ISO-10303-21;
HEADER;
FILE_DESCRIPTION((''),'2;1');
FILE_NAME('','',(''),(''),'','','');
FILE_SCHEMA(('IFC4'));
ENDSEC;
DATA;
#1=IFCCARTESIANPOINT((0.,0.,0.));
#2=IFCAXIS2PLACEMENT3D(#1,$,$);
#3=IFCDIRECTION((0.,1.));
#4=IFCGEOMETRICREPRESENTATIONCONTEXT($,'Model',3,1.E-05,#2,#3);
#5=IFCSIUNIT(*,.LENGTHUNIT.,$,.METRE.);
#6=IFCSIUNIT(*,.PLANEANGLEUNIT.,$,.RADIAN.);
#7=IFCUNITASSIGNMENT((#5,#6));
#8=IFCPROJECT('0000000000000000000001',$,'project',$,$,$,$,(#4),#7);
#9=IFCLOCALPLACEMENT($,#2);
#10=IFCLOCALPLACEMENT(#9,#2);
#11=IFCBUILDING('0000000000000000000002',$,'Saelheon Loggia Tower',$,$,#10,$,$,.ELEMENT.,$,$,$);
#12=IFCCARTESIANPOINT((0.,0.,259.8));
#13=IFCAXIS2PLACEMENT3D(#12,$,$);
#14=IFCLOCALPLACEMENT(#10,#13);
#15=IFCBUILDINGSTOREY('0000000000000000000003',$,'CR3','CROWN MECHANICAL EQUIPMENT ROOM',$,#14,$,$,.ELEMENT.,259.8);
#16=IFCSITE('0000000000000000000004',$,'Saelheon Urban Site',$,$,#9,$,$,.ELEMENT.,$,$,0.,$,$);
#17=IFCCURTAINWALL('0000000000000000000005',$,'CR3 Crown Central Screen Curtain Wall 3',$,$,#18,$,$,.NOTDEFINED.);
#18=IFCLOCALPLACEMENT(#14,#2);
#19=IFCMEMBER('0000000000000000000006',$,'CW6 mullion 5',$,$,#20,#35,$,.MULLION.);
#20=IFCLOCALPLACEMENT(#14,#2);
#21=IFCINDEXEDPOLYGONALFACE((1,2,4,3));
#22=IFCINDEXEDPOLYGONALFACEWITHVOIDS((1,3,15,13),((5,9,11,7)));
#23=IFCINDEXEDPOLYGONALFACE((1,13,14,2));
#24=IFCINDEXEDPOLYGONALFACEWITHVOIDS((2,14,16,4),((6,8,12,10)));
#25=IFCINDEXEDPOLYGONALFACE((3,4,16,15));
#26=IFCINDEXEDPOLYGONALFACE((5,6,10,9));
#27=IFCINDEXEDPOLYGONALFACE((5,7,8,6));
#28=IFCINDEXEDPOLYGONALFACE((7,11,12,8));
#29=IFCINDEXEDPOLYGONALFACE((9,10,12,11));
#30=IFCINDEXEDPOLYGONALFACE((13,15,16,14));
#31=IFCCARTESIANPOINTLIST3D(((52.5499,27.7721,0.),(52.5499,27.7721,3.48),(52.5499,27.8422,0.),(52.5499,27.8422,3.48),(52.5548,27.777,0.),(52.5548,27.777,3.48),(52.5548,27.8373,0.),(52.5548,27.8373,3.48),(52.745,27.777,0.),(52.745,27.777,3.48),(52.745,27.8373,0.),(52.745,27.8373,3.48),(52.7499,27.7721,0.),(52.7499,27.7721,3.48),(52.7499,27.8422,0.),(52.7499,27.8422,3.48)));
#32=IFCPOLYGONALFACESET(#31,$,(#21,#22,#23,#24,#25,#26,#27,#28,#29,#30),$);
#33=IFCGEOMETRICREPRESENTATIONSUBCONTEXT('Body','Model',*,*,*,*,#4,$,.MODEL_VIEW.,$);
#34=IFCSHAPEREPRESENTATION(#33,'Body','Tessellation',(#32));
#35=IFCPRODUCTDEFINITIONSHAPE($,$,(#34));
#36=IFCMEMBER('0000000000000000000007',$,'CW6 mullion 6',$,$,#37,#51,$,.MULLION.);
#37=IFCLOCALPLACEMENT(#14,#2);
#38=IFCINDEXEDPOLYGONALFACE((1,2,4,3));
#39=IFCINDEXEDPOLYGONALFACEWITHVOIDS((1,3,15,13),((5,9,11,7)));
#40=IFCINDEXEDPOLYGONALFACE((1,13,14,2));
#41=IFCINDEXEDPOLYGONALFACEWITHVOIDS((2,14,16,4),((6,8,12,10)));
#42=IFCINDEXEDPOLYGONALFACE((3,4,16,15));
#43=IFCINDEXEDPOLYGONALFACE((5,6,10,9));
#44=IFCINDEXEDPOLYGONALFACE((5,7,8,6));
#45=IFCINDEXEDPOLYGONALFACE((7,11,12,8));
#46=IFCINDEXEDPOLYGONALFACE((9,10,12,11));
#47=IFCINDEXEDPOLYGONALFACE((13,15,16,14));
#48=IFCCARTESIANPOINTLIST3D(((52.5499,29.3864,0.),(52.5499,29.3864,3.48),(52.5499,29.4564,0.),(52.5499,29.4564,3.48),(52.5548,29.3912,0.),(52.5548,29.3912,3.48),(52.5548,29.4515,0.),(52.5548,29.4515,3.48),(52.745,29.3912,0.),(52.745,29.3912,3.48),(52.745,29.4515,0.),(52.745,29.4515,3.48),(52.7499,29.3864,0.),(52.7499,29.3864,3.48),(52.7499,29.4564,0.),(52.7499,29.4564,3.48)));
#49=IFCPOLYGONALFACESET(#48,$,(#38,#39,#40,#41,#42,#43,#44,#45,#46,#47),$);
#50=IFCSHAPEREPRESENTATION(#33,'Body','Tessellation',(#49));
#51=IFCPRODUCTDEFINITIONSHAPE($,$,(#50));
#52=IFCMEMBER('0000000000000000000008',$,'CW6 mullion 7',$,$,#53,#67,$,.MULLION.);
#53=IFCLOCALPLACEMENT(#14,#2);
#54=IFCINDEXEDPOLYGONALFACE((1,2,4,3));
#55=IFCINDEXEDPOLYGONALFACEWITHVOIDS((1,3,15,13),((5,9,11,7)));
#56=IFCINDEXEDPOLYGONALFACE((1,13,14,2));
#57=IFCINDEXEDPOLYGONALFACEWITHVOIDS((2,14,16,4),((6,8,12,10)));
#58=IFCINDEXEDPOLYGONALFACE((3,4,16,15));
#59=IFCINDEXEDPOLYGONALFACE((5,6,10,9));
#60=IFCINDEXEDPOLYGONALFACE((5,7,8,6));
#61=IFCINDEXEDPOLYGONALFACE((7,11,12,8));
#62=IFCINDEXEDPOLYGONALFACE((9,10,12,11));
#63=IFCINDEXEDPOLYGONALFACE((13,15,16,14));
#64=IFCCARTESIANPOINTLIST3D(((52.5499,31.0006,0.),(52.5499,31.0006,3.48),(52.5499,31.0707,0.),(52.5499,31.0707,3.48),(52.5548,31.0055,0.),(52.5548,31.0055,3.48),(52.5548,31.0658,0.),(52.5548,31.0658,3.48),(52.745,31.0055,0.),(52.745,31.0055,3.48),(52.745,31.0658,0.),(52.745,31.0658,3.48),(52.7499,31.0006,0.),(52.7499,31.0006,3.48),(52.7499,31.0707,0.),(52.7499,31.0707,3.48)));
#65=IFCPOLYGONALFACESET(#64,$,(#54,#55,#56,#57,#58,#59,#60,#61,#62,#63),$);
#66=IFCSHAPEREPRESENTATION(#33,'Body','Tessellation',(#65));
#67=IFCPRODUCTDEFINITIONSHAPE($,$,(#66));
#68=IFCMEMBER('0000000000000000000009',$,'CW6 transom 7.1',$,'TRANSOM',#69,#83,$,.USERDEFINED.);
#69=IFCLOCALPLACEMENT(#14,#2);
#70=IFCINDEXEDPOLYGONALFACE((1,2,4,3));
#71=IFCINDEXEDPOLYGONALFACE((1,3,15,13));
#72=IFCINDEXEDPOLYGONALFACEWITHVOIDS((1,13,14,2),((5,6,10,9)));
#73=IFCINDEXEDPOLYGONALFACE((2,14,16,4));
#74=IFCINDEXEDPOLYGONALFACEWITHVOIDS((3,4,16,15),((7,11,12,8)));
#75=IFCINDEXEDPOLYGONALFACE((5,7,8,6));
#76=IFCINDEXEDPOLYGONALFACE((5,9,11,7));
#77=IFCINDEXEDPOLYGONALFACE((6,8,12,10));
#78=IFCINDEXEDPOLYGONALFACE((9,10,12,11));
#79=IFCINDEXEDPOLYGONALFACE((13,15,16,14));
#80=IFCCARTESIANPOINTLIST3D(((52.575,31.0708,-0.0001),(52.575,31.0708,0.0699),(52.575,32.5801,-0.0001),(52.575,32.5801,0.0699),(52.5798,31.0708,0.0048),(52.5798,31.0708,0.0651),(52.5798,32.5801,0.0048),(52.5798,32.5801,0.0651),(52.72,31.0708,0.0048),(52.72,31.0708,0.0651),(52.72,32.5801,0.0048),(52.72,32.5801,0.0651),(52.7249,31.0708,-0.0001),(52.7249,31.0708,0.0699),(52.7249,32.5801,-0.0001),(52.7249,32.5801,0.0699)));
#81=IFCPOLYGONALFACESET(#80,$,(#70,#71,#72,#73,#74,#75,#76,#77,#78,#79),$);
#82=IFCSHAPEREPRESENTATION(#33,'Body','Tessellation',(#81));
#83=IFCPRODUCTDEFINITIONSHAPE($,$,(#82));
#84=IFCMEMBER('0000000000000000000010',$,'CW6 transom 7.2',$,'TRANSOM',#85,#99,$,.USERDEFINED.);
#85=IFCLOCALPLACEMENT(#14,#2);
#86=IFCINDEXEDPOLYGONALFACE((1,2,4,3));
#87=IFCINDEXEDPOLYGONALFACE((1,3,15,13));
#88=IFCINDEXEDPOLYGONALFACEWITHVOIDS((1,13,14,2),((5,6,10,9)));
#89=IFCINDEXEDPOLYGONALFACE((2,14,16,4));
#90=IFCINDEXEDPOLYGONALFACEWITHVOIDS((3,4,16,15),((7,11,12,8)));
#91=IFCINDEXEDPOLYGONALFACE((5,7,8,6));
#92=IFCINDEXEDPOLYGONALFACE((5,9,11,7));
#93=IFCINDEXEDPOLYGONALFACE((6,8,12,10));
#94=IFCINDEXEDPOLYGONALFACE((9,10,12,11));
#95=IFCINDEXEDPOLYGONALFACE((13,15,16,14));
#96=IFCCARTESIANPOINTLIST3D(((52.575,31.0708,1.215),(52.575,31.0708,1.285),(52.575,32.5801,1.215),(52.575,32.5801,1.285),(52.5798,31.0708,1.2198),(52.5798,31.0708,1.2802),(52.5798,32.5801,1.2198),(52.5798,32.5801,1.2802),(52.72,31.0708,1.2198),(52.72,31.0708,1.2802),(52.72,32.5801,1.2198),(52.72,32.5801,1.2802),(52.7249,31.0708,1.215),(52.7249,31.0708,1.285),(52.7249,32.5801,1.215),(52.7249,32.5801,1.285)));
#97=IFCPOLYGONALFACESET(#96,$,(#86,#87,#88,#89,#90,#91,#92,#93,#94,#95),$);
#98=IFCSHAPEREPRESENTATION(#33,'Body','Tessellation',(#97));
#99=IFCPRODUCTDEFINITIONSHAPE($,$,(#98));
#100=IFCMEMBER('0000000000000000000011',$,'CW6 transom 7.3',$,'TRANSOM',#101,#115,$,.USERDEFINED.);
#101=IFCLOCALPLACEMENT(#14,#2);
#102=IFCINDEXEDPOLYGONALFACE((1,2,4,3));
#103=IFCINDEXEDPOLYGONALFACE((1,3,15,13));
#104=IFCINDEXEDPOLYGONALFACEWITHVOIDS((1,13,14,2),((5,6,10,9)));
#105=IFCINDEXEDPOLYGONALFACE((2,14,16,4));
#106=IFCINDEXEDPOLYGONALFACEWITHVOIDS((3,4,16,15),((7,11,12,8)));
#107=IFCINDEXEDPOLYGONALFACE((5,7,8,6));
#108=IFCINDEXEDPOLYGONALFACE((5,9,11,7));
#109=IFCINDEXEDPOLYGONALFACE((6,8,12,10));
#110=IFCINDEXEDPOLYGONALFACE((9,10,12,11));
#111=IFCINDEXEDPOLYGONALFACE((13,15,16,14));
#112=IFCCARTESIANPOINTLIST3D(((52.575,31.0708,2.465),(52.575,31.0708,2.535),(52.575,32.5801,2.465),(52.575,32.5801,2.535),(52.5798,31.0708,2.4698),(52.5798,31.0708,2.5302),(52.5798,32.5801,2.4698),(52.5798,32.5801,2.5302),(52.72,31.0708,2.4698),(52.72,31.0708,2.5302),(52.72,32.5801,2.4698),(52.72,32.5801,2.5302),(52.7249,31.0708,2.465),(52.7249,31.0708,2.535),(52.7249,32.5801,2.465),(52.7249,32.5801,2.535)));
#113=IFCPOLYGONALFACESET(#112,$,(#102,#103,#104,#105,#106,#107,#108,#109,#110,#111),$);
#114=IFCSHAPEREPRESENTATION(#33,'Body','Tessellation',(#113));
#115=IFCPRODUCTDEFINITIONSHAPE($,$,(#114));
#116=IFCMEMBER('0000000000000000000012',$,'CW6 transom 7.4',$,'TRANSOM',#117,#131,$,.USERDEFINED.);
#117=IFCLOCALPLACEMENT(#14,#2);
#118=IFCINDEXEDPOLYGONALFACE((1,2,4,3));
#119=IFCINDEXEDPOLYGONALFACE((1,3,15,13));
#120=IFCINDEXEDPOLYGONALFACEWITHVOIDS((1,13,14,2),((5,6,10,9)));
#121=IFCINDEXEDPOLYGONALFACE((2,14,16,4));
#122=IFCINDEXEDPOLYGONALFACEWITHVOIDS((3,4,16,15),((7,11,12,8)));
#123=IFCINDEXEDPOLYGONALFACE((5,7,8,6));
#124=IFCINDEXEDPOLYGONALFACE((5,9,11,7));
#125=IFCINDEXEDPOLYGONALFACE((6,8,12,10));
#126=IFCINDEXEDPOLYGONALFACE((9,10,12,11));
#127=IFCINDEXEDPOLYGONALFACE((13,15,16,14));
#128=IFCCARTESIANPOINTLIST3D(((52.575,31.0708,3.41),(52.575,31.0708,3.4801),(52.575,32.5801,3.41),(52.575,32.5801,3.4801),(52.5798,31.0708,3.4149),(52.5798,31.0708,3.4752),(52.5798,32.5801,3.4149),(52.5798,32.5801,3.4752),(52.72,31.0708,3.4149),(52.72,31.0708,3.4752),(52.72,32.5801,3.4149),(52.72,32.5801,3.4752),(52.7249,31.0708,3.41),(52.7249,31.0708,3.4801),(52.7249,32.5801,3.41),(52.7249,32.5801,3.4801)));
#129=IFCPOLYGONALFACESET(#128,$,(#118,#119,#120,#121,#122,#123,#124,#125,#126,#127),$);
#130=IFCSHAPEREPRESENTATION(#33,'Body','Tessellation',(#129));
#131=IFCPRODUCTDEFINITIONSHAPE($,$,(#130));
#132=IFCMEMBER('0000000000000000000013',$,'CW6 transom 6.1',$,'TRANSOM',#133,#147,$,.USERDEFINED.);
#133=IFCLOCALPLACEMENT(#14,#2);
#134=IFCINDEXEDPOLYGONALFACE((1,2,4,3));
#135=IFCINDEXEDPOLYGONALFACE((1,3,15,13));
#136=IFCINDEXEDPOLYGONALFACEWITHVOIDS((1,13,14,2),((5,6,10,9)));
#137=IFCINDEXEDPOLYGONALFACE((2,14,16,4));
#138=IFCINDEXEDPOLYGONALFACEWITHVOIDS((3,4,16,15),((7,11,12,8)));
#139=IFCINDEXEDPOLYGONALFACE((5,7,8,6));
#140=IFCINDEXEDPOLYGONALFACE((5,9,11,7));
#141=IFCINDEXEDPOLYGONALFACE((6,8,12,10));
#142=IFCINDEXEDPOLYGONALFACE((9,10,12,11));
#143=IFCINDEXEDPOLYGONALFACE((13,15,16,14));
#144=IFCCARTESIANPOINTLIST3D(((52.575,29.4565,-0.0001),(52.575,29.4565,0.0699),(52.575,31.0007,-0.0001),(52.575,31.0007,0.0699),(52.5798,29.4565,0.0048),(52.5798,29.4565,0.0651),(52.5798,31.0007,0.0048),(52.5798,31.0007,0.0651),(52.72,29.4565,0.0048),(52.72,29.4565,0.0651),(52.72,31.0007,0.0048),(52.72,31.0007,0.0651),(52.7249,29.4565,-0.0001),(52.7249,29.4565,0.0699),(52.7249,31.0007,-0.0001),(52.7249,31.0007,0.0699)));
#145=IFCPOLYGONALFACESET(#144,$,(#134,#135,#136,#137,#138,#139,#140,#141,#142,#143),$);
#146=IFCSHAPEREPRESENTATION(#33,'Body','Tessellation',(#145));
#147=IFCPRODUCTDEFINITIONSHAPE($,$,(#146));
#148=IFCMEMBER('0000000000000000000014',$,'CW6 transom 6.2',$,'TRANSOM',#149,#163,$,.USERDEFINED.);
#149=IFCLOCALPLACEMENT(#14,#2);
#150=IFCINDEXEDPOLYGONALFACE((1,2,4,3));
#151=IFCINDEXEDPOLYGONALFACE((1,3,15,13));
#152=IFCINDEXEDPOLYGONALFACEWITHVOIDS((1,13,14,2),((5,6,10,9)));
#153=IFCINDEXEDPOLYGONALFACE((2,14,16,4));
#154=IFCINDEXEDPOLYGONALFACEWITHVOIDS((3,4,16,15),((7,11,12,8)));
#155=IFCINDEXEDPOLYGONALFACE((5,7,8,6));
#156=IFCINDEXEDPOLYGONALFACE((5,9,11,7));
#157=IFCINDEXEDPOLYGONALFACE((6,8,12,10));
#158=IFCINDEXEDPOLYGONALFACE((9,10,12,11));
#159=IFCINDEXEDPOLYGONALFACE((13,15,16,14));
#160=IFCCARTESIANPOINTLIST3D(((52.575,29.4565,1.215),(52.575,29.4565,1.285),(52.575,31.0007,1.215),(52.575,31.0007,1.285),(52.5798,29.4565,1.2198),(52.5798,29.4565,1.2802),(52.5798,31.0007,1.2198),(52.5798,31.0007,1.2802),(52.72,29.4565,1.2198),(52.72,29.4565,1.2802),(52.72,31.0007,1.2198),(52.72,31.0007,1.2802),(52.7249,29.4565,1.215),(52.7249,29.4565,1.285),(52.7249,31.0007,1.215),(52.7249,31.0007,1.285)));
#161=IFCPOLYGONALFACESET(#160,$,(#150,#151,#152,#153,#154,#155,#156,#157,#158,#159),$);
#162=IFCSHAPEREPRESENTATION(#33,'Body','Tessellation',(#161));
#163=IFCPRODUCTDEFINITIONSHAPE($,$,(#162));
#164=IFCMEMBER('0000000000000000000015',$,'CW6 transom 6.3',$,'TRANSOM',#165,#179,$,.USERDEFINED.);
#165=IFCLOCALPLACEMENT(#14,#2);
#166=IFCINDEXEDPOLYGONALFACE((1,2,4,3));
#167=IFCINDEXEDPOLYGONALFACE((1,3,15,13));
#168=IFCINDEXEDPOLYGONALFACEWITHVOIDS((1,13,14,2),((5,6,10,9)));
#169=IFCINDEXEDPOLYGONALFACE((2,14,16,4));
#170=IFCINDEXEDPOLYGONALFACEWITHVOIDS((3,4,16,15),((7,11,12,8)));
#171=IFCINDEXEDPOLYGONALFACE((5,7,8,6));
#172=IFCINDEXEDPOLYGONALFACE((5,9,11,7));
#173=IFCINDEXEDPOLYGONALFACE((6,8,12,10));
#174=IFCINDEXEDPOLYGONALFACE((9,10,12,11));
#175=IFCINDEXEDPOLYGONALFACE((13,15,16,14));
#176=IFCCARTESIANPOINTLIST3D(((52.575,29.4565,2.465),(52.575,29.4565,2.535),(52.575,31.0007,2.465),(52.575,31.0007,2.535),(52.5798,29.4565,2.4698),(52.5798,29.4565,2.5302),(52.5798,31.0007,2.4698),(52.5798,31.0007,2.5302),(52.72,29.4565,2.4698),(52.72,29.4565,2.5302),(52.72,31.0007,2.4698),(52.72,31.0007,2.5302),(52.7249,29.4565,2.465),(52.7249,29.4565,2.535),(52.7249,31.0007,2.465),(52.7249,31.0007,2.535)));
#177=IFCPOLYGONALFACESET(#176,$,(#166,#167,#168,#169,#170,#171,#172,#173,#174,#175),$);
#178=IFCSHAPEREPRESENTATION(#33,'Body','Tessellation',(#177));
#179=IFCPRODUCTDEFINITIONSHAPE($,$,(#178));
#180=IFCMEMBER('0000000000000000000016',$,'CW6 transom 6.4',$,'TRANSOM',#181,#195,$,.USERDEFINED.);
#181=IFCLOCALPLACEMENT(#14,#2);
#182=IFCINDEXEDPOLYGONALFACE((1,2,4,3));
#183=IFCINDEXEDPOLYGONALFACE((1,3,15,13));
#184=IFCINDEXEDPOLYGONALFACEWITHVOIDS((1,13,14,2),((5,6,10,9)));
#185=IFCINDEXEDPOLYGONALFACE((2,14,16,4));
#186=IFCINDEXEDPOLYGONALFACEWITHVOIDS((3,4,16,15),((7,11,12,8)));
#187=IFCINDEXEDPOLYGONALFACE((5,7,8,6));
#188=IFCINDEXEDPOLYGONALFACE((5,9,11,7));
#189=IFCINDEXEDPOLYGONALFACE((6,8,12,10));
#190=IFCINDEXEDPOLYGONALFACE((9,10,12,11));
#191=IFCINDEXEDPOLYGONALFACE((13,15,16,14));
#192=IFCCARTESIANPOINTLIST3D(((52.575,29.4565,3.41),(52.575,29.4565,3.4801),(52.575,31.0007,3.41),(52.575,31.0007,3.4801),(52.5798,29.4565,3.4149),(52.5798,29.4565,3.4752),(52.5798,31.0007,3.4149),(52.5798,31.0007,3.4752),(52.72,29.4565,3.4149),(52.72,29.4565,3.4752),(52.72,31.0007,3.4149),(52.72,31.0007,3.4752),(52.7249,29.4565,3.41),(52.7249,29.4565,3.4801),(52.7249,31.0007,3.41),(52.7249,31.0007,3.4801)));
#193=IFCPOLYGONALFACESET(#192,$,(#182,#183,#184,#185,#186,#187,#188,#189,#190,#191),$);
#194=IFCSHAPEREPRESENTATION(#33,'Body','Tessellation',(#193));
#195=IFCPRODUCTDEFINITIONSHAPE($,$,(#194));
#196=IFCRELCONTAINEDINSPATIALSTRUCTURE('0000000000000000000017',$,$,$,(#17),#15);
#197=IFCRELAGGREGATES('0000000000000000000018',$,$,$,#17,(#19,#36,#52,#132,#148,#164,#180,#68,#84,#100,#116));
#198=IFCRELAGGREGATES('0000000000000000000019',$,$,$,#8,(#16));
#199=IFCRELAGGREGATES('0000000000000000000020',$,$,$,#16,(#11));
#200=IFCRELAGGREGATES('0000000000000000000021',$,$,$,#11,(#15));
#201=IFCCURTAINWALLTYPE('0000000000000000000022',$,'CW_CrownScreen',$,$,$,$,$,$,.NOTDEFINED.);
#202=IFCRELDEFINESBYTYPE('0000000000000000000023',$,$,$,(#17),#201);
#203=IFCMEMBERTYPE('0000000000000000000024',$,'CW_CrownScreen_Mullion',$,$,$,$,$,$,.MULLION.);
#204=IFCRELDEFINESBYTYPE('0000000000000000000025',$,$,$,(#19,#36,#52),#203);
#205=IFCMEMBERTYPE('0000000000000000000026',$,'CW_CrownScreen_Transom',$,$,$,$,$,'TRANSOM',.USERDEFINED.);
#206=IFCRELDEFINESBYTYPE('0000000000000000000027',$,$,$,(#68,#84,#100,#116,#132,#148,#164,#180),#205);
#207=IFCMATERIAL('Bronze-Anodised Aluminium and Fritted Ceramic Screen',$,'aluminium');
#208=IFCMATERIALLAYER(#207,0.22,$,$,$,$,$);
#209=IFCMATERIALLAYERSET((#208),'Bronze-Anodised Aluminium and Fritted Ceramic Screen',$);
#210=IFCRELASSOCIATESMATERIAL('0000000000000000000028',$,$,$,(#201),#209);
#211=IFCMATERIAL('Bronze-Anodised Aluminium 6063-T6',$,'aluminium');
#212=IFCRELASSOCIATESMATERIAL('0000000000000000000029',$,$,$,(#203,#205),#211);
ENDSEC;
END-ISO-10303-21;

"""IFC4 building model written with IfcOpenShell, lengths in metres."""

from ifc_helpers import new_model, si_unit, direction, frame, origin, origin_2d, place, context, subcontext, project, spatial, hollow_rectangle, extrude, source, transform, mapped, material, layer, layer_set, material_profile, profile_set, type_object, element, aggregate, save


model = new_model("IFC4")

# Units and contexts
model_context = context("Model", 3, precision=1e-05, world=origin(), true_north=direction((0.0, 1.0)))
body_context = subcontext(model_context, "Body", "Model", "MODEL_VIEW")
ifc_project = project(units=[si_unit("LENGTHUNIT", "METRE"), si_unit("PLANEANGLEUNIT", "RADIAN")], contexts=[model_context])

# Site, building, storey
site_placement = place(None, origin())
site = spatial("IfcSite", under=ifc_project, at=site_placement, Name="Saelheon Urban Site", CompositionType="ELEMENT", RefElevation=0.0)
building_placement = place(site_placement, origin())
building = spatial("IfcBuilding", under=site, at=building_placement, Name="Saelheon Loggia Tower", CompositionType="ELEMENT")
storey_placement = place(building_placement, frame((0.0, 0.0, 259.8)))
storey = spatial("IfcBuildingStorey", under=building, at=storey_placement, Name="CR3", Description="CROWN MECHANICAL EQUIPMENT ROOM", CompositionType="ELEMENT", Elevation=259.8)

# Curtain wall, members
ifc_material_1 = material(Name="Bronze-Anodised Aluminium and Fritted Ceramic Screen", Category="aluminium")
ifc_layer_1 = layer(ifc_material_1, 0.22)
ifc_layer_set_1 = layer_set([ifc_layer_1], Name="Bronze-Anodised Aluminium and Fritted Ceramic Screen")
curtain_wall_type = type_object("IfcCurtainWallType", Name="CW_CrownScreen", PredefinedType="NOTDEFINED", material=ifc_layer_set_1)
curtain_wall_placement = place(storey_placement, origin())
curtain_wall = element("IfcCurtainWall", 1, at=curtain_wall_placement, inside=storey, type_object=curtain_wall_type, Name="CR3 Crown Central Screen Curtain Wall 3", PredefinedType="NOTDEFINED")
ifc_material_2 = material(Name="Bronze-Anodised Aluminium 6063-T6", Category="aluminium")
ifc_material_profile_1 = material_profile(ifc_material_2, hollow_rectangle(XDim=0.0701, YDim=0.2, WallThickness=0.0049, at=origin_2d()), Name="RHS-200x70x5")
ifc_profile_set_1 = profile_set([ifc_material_profile_1], Name="Bronze-Anodised Aluminium 6063-T6")
member_type_1 = type_object("IfcMemberType", Name="CW_CrownScreen_Mullion", PredefinedType="MULLION", material=ifc_profile_set_1)
shared_shape_1 = source(origin(), body_context, "Body", "SweptSolid", [
    extrude(hollow_rectangle(XDim=0.0701, YDim=0.2, WallThickness=0.0049, at=origin_2d()), origin(), (0.0, 0.0, 1.0), 3.48),
])
member_1_placement = place(storey_placement, frame((52.6499, 27.8071, 0.0), z_axis=(0.0, 0.0, 1.0), x_axis=(0.0, 1.0, 0.0)))
member_1 = element("IfcMember", 2, at=member_1_placement, type_object=member_type_1, Name="CW6 mullion 5", PredefinedType="MULLION", context=body_context, shape_type="MappedRepresentation", body=[
    mapped(shared_shape_1, transform((0.0, 0.0, 0.0), scale=1.0)),
])
member_2_placement = place(storey_placement, frame((52.6499, 29.4214, 0.0), z_axis=(0.0, 0.0, 1.0), x_axis=(0.0, 1.0, 0.0)))
member_2 = element("IfcMember", 3, at=member_2_placement, type_object=member_type_1, Name="CW6 mullion 6", PredefinedType="MULLION", context=body_context, shape_type="MappedRepresentation", body=[
    mapped(shared_shape_1, transform((0.0, 0.0, 0.0), scale=1.0)),
])
member_3_placement = place(storey_placement, frame((52.6499, 31.0356, 0.0), z_axis=(0.0, 0.0, 1.0), x_axis=(0.0, 1.0, 0.0)))
member_3 = element("IfcMember", 4, at=member_3_placement, type_object=member_type_1, Name="CW6 mullion 7", PredefinedType="MULLION", context=body_context, shape_type="MappedRepresentation", body=[
    mapped(shared_shape_1, transform((0.0, 0.0, 0.0), scale=1.0)),
])
ifc_material_profile_2 = material_profile(ifc_material_2, hollow_rectangle(XDim=0.0701, YDim=0.1499, WallThickness=0.0049, at=origin_2d()), Name="RHS-150x70x5")
ifc_profile_set_2 = profile_set([ifc_material_profile_2], Name="Bronze-Anodised Aluminium 6063-T6")
member_type_2 = type_object("IfcMemberType", Name="CW_CrownScreen_Transom", ElementType="TRANSOM", PredefinedType="USERDEFINED", material=ifc_profile_set_2)
shared_shape_2 = source(origin(), body_context, "Body", "SweptSolid", [
    extrude(hollow_rectangle(XDim=0.0701, YDim=0.1499, WallThickness=0.0049, at=origin_2d()), origin(), (0.0, 0.0, 1.0), 1.5093),
])
member_4_placement = place(storey_placement, frame((52.6499, 31.0708, 0.0349), z_axis=(0.0, 1.0, 0.0), x_axis=(0.0, 0.0, 1.0)))
member_4 = element("IfcMember", 5, at=member_4_placement, type_object=member_type_2, Name="CW6 transom 7.1", ObjectType="TRANSOM", PredefinedType="USERDEFINED", context=body_context, shape_type="MappedRepresentation", body=[
    mapped(shared_shape_2, transform((0.0, 0.0, 0.0), scale=1.0)),
])
member_5_placement = place(storey_placement, frame((52.6499, 31.0708, 1.25), z_axis=(0.0, 1.0, 0.0), x_axis=(0.0, 0.0, 1.0)))
member_5 = element("IfcMember", 6, at=member_5_placement, type_object=member_type_2, Name="CW6 transom 7.2", ObjectType="TRANSOM", PredefinedType="USERDEFINED", context=body_context, shape_type="MappedRepresentation", body=[
    mapped(shared_shape_2, transform((0.0, 0.0, 0.0), scale=1.0)),
])
member_6_placement = place(storey_placement, frame((52.6499, 31.0708, 2.5), z_axis=(0.0, 1.0, 0.0), x_axis=(0.0, 0.0, 1.0)))
member_6 = element("IfcMember", 7, at=member_6_placement, type_object=member_type_2, Name="CW6 transom 7.3", ObjectType="TRANSOM", PredefinedType="USERDEFINED", context=body_context, shape_type="MappedRepresentation", body=[
    mapped(shared_shape_2, transform((0.0, 0.0, 0.0), scale=1.0)),
])
member_7_placement = place(storey_placement, frame((52.6499, 31.0708, 3.4451), z_axis=(0.0, 1.0, 0.0), x_axis=(0.0, 0.0, 1.0)))
member_7 = element("IfcMember", 8, at=member_7_placement, type_object=member_type_2, Name="CW6 transom 7.4", ObjectType="TRANSOM", PredefinedType="USERDEFINED", context=body_context, shape_type="MappedRepresentation", body=[
    mapped(shared_shape_2, transform((0.0, 0.0, 0.0), scale=1.0)),
])
shared_shape_3 = source(origin(), body_context, "Body", "SweptSolid", [
    extrude(hollow_rectangle(XDim=0.0701, YDim=0.1499, WallThickness=0.0049, at=origin_2d()), origin(), (0.0, 0.0, 1.0), 1.5442),
])
member_8_placement = place(storey_placement, frame((52.6499, 29.4565, 0.0349), z_axis=(0.0, 1.0, 0.0), x_axis=(0.0, 0.0, 1.0)))
member_8 = element("IfcMember", 9, at=member_8_placement, type_object=member_type_2, Name="CW6 transom 6.1", ObjectType="TRANSOM", PredefinedType="USERDEFINED", context=body_context, shape_type="MappedRepresentation", body=[
    mapped(shared_shape_3, transform((0.0, 0.0, 0.0), scale=1.0)),
])
member_9_placement = place(storey_placement, frame((52.6499, 29.4565, 1.25), z_axis=(0.0, 1.0, 0.0), x_axis=(0.0, 0.0, 1.0)))
member_9 = element("IfcMember", 10, at=member_9_placement, type_object=member_type_2, Name="CW6 transom 6.2", ObjectType="TRANSOM", PredefinedType="USERDEFINED", context=body_context, shape_type="MappedRepresentation", body=[
    mapped(shared_shape_3, transform((0.0, 0.0, 0.0), scale=1.0)),
])
member_10_placement = place(storey_placement, frame((52.6499, 29.4565, 2.5), z_axis=(0.0, 1.0, 0.0), x_axis=(0.0, 0.0, 1.0)))
member_10 = element("IfcMember", 11, at=member_10_placement, type_object=member_type_2, Name="CW6 transom 6.3", ObjectType="TRANSOM", PredefinedType="USERDEFINED", context=body_context, shape_type="MappedRepresentation", body=[
    mapped(shared_shape_3, transform((0.0, 0.0, 0.0), scale=1.0)),
])
member_11_placement = place(storey_placement, frame((52.6499, 29.4565, 3.4451), z_axis=(0.0, 1.0, 0.0), x_axis=(0.0, 0.0, 1.0)))
member_11 = element("IfcMember", 12, at=member_11_placement, type_object=member_type_2, Name="CW6 transom 6.4", ObjectType="TRANSOM", PredefinedType="USERDEFINED", context=body_context, shape_type="MappedRepresentation", body=[
    mapped(shared_shape_3, transform((0.0, 0.0, 0.0), scale=1.0)),
])
aggregate(curtain_wall, [member_1, member_2, member_3, member_8, member_9, member_10, member_11, member_4, member_5, member_6, member_7])

save(model, "model.ifc")
